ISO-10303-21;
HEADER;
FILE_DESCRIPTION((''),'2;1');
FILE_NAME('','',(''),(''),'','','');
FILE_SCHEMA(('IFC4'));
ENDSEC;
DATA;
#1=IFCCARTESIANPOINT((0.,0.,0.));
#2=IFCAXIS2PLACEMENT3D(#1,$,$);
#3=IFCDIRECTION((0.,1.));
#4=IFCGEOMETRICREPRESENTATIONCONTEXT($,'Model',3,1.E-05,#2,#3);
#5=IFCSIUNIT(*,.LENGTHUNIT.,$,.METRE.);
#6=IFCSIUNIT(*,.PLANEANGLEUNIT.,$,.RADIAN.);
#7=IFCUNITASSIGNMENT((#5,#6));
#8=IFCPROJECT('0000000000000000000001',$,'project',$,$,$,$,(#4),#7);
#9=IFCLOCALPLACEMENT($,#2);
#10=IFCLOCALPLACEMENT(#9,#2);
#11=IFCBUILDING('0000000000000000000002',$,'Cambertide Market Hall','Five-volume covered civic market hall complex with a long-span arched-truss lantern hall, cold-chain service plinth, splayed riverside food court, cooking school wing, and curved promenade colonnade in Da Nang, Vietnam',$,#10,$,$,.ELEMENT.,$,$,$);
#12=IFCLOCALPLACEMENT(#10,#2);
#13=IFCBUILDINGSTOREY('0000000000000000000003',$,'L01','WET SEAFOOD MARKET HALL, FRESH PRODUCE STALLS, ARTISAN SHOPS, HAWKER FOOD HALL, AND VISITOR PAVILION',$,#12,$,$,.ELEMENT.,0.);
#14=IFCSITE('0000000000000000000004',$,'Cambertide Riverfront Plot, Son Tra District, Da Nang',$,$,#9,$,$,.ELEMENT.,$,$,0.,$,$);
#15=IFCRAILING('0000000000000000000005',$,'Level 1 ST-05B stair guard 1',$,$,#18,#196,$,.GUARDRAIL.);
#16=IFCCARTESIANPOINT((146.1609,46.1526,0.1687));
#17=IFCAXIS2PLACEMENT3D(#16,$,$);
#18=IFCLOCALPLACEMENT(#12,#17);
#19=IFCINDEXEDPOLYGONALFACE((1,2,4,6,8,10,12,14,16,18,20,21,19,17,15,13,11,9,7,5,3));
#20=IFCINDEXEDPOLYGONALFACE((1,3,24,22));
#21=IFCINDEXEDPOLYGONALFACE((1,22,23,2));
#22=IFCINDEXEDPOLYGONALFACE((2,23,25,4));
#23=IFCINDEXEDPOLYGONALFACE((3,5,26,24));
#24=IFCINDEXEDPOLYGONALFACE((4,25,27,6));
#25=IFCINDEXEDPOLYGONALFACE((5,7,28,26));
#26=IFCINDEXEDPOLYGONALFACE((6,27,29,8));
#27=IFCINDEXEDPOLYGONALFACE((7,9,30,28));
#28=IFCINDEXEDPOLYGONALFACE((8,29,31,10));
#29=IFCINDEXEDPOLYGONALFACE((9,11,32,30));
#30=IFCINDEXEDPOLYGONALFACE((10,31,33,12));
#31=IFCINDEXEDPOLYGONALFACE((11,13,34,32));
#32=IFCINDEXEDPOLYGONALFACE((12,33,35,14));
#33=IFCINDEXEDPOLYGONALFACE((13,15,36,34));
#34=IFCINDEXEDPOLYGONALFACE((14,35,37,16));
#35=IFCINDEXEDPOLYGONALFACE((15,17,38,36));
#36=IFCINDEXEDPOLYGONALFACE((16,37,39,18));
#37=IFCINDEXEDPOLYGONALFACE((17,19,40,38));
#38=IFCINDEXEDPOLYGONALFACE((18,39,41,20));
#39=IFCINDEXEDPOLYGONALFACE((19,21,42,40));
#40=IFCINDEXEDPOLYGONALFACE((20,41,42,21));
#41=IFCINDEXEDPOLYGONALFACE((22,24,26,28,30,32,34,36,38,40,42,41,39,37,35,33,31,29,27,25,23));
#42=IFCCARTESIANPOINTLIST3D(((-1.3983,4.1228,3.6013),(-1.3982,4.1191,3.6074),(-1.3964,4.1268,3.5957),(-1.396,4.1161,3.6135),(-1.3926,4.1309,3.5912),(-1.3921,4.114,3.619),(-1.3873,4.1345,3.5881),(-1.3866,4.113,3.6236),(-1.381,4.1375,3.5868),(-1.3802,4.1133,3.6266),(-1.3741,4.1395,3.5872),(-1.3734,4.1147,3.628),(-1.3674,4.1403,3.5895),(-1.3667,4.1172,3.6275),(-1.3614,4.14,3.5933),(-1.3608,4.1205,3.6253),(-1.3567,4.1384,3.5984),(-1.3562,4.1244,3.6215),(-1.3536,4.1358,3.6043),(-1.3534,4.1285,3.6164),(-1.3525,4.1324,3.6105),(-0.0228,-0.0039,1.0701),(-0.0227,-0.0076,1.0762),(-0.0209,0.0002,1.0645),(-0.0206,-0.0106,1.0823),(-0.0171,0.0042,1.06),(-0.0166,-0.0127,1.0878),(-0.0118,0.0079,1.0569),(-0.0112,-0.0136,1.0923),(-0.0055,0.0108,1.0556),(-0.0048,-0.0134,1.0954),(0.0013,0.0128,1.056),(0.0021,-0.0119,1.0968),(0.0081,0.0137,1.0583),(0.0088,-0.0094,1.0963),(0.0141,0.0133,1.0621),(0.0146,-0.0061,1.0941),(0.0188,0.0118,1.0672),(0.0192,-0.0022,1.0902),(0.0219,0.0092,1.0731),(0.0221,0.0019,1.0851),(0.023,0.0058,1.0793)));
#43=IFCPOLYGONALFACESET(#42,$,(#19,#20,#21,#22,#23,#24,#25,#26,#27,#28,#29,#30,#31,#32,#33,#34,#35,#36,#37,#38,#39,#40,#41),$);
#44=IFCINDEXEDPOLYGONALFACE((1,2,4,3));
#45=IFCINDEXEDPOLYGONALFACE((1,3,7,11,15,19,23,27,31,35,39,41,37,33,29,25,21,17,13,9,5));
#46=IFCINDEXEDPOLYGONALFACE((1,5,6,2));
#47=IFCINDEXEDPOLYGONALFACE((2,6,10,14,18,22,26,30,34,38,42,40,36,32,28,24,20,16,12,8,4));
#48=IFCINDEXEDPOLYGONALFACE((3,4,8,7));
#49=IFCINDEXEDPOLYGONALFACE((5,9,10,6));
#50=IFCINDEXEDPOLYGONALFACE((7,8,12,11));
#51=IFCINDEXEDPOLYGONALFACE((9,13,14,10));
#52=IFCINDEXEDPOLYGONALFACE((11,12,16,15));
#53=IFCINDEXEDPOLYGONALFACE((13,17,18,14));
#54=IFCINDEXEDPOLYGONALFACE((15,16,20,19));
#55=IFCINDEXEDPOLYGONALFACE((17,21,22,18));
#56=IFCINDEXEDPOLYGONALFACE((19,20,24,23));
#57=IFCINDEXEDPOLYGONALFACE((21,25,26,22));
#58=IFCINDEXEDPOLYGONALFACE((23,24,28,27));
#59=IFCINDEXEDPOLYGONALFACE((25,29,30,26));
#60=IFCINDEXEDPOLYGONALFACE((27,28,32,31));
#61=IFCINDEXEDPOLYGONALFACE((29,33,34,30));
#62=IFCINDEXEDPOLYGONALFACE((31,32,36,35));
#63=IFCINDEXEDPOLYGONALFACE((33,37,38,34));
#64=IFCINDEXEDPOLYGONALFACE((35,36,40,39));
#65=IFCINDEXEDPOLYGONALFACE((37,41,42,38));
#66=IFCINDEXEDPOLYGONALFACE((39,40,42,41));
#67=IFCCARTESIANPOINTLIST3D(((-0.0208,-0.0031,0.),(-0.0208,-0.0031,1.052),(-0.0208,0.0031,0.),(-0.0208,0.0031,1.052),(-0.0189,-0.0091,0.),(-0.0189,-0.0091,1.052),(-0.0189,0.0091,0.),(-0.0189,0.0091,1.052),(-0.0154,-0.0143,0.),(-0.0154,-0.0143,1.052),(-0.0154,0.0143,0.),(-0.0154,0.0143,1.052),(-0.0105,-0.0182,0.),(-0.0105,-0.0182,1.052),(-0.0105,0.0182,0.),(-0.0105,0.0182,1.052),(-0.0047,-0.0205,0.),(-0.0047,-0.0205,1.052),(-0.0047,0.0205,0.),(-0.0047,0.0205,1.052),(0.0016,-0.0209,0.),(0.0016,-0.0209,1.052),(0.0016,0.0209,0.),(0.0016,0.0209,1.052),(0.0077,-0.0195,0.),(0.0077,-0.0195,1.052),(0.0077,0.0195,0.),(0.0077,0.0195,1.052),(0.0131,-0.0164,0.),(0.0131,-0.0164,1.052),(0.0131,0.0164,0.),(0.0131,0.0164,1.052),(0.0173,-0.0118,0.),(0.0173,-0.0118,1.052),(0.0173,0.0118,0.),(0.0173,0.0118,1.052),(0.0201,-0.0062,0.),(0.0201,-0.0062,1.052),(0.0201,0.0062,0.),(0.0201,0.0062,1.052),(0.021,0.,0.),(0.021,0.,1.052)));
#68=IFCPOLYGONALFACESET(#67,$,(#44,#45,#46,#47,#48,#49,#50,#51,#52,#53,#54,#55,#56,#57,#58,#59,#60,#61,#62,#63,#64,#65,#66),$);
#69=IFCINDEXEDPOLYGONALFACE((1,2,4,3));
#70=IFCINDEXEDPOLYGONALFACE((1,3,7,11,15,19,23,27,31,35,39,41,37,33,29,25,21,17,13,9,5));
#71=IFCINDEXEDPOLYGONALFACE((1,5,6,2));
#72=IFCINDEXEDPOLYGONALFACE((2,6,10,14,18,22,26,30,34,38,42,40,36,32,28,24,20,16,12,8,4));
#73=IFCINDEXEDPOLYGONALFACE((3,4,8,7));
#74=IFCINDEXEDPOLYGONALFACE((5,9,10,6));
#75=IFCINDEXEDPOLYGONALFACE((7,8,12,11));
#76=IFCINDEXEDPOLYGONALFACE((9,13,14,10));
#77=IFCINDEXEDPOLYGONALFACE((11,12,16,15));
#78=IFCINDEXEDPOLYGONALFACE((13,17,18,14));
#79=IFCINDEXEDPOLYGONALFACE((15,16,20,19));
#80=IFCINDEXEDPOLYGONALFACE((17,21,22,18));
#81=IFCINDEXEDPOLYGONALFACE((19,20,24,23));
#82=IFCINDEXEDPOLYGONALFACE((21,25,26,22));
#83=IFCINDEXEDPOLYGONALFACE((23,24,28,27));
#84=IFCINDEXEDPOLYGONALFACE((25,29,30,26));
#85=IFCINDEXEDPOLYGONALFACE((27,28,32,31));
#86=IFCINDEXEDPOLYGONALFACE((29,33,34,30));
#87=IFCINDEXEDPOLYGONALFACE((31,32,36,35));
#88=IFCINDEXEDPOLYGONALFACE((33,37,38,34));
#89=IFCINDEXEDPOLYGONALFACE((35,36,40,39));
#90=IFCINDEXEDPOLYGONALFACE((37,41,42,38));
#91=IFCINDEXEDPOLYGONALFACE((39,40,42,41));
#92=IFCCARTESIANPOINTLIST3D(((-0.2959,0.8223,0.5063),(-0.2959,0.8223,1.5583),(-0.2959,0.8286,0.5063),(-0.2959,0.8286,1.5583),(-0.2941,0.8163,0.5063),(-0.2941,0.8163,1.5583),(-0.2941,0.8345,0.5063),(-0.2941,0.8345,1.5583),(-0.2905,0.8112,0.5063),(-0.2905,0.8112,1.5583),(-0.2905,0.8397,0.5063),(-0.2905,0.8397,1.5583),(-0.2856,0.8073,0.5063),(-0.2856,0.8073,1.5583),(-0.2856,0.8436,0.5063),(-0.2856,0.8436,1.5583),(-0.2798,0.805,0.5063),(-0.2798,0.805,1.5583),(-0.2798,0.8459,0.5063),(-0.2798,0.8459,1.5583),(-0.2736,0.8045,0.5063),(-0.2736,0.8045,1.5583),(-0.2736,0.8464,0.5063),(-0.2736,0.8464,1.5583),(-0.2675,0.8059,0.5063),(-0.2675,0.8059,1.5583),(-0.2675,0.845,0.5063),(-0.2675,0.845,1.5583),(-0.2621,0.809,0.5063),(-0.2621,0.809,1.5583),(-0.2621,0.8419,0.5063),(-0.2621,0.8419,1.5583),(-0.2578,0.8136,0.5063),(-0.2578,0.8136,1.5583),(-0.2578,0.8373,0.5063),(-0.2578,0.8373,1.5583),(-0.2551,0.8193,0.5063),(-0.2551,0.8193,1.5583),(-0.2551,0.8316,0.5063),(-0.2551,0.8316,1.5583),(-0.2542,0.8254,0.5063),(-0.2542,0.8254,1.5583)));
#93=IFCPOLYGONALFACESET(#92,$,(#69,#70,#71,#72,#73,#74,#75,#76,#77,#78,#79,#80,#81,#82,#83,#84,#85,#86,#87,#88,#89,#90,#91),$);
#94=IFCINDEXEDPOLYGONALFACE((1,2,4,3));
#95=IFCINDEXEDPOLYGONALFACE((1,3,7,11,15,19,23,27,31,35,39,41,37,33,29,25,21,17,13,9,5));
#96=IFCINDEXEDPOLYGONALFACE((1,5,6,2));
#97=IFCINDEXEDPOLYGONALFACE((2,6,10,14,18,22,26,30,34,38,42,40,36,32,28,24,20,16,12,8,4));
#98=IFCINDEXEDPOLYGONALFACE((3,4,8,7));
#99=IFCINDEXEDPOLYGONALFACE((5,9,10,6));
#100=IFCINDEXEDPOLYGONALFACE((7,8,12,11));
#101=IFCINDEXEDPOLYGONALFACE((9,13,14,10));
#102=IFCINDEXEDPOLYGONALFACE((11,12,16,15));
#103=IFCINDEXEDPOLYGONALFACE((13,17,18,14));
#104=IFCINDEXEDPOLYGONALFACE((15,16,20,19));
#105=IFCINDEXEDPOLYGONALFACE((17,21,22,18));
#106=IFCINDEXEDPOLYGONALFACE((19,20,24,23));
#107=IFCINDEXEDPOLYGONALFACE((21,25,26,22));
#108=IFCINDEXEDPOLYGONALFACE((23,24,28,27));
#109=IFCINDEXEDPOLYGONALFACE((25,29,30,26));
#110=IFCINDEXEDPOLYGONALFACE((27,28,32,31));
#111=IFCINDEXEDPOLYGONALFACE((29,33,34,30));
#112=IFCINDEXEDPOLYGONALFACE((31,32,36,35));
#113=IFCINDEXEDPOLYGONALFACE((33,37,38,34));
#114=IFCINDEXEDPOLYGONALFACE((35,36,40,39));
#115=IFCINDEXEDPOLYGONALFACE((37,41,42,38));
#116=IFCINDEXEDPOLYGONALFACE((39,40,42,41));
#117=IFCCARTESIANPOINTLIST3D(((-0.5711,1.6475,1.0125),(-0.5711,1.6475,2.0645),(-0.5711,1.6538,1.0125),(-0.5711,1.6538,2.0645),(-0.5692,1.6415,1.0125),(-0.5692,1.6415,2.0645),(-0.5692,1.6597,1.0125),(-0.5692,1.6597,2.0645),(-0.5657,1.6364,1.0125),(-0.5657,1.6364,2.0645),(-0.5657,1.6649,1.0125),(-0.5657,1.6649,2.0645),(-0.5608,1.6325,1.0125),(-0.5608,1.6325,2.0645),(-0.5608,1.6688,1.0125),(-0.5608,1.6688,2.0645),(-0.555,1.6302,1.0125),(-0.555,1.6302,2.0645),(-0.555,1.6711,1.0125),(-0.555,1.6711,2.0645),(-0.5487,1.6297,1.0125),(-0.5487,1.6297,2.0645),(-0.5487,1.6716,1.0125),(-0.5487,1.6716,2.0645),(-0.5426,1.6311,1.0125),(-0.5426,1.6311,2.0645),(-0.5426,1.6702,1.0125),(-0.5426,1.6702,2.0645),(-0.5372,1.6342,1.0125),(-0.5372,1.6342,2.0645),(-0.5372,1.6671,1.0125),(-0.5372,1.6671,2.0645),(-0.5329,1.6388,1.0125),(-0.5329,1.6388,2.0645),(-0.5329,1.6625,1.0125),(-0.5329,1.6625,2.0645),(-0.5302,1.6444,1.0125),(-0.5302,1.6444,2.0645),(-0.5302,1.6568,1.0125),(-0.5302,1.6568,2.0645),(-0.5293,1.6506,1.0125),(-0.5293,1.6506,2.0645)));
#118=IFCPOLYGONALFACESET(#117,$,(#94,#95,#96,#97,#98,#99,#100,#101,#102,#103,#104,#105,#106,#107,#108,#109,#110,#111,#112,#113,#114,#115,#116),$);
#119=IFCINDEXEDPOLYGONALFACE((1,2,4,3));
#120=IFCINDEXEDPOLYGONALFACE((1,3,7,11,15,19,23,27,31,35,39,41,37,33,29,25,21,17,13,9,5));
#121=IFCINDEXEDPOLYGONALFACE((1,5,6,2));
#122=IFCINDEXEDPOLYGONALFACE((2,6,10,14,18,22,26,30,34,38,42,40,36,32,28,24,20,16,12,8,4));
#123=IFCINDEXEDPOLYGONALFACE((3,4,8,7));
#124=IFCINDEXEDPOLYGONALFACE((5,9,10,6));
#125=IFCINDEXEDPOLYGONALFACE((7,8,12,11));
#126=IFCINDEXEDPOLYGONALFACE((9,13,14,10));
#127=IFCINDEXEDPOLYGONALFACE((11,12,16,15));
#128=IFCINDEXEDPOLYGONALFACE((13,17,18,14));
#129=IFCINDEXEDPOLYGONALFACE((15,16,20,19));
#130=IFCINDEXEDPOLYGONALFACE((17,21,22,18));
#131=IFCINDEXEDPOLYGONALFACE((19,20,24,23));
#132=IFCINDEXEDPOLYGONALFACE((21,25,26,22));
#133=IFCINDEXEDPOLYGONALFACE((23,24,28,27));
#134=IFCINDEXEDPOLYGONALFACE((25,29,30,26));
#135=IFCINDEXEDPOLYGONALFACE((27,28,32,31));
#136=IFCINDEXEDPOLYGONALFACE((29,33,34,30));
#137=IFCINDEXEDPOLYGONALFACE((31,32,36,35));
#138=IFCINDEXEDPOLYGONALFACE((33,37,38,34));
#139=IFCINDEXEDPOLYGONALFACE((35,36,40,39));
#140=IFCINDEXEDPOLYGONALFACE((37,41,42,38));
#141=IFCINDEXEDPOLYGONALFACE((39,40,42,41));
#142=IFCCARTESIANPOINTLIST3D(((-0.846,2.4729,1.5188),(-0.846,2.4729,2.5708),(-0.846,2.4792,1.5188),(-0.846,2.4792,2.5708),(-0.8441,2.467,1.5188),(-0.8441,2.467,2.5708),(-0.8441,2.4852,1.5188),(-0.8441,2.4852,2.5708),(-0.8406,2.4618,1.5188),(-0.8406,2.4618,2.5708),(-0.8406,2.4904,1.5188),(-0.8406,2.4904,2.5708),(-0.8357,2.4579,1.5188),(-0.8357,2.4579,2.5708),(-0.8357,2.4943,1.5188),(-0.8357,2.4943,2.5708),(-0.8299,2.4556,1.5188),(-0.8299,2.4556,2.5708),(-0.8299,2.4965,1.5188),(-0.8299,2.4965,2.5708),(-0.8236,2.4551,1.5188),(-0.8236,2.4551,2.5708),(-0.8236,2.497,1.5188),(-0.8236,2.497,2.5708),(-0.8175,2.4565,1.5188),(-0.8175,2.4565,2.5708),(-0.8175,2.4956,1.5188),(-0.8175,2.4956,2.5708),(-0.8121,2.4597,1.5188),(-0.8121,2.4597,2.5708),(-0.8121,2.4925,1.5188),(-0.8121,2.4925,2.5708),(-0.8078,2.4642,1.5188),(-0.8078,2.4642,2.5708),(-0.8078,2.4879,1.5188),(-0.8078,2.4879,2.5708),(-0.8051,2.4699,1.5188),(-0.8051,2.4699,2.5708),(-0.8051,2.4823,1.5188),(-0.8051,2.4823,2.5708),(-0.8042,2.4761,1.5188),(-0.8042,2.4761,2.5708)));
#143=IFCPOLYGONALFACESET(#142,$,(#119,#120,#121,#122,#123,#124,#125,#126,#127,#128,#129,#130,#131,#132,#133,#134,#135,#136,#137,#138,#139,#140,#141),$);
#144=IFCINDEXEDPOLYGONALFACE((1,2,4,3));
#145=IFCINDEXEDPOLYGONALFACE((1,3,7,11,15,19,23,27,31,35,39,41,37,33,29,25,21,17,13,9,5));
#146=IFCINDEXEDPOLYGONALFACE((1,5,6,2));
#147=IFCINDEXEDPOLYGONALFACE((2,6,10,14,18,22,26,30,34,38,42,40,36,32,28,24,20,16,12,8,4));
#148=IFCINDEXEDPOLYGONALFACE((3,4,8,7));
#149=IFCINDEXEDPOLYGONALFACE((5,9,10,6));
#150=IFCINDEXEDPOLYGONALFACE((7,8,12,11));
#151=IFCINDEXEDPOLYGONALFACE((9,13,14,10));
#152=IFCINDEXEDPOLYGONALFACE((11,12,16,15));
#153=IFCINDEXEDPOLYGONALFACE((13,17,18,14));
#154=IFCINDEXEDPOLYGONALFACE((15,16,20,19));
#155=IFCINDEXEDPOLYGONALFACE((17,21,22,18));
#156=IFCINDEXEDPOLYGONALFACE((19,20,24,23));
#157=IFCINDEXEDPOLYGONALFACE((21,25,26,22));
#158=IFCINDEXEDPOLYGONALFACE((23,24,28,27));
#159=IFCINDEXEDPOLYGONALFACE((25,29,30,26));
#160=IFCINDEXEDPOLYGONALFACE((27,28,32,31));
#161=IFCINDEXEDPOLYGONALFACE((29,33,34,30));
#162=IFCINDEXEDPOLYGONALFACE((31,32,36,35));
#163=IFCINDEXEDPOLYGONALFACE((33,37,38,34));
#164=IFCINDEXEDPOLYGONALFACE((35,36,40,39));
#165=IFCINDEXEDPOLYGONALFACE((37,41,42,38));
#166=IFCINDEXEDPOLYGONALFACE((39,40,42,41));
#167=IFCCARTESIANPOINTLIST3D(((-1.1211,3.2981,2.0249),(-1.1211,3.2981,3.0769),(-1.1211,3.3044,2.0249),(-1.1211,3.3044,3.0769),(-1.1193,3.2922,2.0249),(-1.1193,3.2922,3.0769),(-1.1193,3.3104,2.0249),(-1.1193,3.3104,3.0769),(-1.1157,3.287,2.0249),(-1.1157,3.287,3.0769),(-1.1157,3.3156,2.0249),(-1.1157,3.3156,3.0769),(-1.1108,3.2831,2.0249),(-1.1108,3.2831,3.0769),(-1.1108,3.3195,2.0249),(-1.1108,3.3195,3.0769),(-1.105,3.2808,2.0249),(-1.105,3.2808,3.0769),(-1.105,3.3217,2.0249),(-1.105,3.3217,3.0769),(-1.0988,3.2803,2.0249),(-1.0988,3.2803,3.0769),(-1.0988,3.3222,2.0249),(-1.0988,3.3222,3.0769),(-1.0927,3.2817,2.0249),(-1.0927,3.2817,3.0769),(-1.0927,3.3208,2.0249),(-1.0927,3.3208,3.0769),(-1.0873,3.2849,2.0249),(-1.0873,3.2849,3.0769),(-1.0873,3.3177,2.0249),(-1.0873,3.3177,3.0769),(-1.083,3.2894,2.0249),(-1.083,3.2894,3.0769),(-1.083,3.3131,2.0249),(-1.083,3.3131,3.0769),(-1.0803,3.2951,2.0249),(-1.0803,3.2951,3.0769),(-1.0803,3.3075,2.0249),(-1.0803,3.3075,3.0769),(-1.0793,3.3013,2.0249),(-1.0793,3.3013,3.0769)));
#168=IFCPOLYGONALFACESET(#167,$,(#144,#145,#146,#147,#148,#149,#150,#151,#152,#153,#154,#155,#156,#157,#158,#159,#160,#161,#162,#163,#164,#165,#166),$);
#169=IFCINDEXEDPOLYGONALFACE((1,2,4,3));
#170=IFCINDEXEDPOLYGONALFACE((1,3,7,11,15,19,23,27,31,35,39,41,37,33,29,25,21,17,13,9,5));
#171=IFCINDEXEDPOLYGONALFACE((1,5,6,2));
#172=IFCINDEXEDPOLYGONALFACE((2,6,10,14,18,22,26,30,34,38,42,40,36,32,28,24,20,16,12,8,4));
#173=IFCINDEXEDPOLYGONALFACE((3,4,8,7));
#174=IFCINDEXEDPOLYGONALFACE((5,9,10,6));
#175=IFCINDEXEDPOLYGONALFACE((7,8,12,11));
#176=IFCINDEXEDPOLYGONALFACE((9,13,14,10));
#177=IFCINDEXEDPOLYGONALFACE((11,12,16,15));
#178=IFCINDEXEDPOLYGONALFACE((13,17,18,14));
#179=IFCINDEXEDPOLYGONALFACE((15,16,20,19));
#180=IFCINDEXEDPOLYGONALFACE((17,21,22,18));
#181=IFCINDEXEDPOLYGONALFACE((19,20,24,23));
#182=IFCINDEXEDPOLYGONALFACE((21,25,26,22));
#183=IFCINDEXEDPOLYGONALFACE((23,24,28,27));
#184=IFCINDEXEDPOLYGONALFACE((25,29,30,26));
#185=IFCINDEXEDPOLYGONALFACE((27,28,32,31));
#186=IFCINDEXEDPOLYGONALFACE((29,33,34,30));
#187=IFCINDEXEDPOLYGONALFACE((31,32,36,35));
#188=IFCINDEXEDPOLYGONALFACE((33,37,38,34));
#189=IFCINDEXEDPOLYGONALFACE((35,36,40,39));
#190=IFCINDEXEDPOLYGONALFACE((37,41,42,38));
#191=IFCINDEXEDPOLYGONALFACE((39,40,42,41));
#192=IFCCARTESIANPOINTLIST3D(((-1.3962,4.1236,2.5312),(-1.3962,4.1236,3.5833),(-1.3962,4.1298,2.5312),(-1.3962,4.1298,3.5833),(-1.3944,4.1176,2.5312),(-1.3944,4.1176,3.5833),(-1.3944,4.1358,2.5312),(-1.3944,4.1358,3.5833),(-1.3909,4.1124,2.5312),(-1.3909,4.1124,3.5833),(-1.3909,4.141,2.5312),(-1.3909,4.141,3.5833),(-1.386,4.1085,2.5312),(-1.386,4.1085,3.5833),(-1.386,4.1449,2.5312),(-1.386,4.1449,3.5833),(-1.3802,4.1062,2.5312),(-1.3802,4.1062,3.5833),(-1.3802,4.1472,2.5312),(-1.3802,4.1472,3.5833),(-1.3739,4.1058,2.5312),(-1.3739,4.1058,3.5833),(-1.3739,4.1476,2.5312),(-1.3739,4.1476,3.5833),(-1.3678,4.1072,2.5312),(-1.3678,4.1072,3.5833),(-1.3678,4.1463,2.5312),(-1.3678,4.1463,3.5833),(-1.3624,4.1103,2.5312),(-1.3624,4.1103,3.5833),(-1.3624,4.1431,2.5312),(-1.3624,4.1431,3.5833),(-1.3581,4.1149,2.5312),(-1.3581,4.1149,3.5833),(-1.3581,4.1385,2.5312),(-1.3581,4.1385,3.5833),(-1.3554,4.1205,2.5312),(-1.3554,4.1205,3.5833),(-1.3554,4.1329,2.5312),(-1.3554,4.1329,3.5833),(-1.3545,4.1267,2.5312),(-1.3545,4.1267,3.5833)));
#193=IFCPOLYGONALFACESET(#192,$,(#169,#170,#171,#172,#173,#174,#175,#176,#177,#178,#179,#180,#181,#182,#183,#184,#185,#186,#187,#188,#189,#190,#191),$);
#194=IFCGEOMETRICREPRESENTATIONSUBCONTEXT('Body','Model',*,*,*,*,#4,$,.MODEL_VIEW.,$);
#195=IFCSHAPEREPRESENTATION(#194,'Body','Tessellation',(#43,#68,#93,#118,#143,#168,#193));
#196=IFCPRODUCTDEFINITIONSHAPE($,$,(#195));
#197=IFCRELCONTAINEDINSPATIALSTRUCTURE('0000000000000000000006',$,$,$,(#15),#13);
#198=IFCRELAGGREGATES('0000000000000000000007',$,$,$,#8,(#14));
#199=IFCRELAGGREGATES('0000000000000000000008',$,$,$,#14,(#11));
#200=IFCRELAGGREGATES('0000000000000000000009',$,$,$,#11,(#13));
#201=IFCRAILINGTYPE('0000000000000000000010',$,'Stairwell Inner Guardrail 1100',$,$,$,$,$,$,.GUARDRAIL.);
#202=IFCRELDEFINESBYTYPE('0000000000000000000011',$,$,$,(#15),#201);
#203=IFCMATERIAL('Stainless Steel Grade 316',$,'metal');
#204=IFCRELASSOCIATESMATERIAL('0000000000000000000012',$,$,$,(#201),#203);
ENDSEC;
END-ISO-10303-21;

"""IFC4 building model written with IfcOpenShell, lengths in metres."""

from ifc_helpers import new_model, si_unit, direction, frame, origin, origin_2d, place, context, subcontext, project, spatial, circle, extrude, material, type_object, element, save


model = new_model("IFC4")

# Units and contexts
model_context = context("Model", 3, precision=1e-05, world=origin(), true_north=direction((0.0, 1.0)))
body_context = subcontext(model_context, "Body", "Model", "MODEL_VIEW")
ifc_project = project(units=[si_unit("LENGTHUNIT", "METRE"), si_unit("PLANEANGLEUNIT", "RADIAN")], contexts=[model_context])

# Site, building, storey
site_placement = place(None, origin())
site = spatial("IfcSite", under=ifc_project, at=site_placement, Name="Cambertide Riverfront Plot, Son Tra District, Da Nang", CompositionType="ELEMENT", RefElevation=0.0)
building_placement = place(site_placement, origin())
building = spatial("IfcBuilding", under=site, at=building_placement, Name="Cambertide Market Hall", Description="Five-volume covered civic market hall complex with a long-span arched-truss lantern hall, cold-chain service plinth, splayed riverside food court, cooking school wing, and curved promenade colonnade in Da Nang, Vietnam", CompositionType="ELEMENT")
storey_placement = place(building_placement, origin())
storey = spatial("IfcBuildingStorey", under=building, at=storey_placement, Name="L01", Description="WET SEAFOOD MARKET HALL, FRESH PRODUCE STALLS, ARTISAN SHOPS, HAWKER FOOD HALL, AND VISITOR PAVILION", CompositionType="ELEMENT", Elevation=0.0)

# Railing
ifc_material_1 = material(Name="Stainless Steel Grade 316", Category="metal")
railing_type = type_object("IfcRailingType", Name="Stairwell Inner Guardrail 1100", PredefinedType="GUARDRAIL", material=ifc_material_1)
railing_1_placement = place(storey_placement, frame((146.1609, 46.1526, 0.1687)))
element("IfcRailing", 1, at=railing_1_placement, inside=storey, type_object=railing_type, Name="Level 1 ST-05B stair guard 1", PredefinedType="GUARDRAIL", context=body_context, shape_type="SweptSolid", body=[
    extrude(circle(Radius=0.0239, at=origin_2d()), frame((0.0, 0.0, 1.0762), z_axis=(-0.273306, 0.819965, 0.502952), x_axis=(-0.948689, -0.316211, 0.0)), (0.0, 0.0, 1.0), 5.0327),
    extrude(circle(Radius=0.021, at=origin_2d()), origin(), (0.0, 0.0, 1.0), 1.052),
    extrude(circle(Radius=0.021, at=origin_2d()), frame((-0.2751, 0.8254, 0.5063)), (0.0, 0.0, 1.0), 1.052),
    extrude(circle(Radius=0.021, at=origin_2d()), frame((-0.5503, 1.6506, 1.0125)), (0.0, 0.0, 1.0), 1.052),
    extrude(circle(Radius=0.021, at=origin_2d()), frame((-0.8252, 2.4761, 1.5188)), (0.0, 0.0, 1.0), 1.052),
    extrude(circle(Radius=0.021, at=origin_2d()), frame((-1.1003, 3.3013, 2.0249)), (0.0, 0.0, 1.0), 1.052),
    extrude(circle(Radius=0.021, at=origin_2d()), frame((-1.3755, 4.1267, 2.5312)), (0.0, 0.0, 1.0), 1.052),
])

save(model, "model.ifc")
